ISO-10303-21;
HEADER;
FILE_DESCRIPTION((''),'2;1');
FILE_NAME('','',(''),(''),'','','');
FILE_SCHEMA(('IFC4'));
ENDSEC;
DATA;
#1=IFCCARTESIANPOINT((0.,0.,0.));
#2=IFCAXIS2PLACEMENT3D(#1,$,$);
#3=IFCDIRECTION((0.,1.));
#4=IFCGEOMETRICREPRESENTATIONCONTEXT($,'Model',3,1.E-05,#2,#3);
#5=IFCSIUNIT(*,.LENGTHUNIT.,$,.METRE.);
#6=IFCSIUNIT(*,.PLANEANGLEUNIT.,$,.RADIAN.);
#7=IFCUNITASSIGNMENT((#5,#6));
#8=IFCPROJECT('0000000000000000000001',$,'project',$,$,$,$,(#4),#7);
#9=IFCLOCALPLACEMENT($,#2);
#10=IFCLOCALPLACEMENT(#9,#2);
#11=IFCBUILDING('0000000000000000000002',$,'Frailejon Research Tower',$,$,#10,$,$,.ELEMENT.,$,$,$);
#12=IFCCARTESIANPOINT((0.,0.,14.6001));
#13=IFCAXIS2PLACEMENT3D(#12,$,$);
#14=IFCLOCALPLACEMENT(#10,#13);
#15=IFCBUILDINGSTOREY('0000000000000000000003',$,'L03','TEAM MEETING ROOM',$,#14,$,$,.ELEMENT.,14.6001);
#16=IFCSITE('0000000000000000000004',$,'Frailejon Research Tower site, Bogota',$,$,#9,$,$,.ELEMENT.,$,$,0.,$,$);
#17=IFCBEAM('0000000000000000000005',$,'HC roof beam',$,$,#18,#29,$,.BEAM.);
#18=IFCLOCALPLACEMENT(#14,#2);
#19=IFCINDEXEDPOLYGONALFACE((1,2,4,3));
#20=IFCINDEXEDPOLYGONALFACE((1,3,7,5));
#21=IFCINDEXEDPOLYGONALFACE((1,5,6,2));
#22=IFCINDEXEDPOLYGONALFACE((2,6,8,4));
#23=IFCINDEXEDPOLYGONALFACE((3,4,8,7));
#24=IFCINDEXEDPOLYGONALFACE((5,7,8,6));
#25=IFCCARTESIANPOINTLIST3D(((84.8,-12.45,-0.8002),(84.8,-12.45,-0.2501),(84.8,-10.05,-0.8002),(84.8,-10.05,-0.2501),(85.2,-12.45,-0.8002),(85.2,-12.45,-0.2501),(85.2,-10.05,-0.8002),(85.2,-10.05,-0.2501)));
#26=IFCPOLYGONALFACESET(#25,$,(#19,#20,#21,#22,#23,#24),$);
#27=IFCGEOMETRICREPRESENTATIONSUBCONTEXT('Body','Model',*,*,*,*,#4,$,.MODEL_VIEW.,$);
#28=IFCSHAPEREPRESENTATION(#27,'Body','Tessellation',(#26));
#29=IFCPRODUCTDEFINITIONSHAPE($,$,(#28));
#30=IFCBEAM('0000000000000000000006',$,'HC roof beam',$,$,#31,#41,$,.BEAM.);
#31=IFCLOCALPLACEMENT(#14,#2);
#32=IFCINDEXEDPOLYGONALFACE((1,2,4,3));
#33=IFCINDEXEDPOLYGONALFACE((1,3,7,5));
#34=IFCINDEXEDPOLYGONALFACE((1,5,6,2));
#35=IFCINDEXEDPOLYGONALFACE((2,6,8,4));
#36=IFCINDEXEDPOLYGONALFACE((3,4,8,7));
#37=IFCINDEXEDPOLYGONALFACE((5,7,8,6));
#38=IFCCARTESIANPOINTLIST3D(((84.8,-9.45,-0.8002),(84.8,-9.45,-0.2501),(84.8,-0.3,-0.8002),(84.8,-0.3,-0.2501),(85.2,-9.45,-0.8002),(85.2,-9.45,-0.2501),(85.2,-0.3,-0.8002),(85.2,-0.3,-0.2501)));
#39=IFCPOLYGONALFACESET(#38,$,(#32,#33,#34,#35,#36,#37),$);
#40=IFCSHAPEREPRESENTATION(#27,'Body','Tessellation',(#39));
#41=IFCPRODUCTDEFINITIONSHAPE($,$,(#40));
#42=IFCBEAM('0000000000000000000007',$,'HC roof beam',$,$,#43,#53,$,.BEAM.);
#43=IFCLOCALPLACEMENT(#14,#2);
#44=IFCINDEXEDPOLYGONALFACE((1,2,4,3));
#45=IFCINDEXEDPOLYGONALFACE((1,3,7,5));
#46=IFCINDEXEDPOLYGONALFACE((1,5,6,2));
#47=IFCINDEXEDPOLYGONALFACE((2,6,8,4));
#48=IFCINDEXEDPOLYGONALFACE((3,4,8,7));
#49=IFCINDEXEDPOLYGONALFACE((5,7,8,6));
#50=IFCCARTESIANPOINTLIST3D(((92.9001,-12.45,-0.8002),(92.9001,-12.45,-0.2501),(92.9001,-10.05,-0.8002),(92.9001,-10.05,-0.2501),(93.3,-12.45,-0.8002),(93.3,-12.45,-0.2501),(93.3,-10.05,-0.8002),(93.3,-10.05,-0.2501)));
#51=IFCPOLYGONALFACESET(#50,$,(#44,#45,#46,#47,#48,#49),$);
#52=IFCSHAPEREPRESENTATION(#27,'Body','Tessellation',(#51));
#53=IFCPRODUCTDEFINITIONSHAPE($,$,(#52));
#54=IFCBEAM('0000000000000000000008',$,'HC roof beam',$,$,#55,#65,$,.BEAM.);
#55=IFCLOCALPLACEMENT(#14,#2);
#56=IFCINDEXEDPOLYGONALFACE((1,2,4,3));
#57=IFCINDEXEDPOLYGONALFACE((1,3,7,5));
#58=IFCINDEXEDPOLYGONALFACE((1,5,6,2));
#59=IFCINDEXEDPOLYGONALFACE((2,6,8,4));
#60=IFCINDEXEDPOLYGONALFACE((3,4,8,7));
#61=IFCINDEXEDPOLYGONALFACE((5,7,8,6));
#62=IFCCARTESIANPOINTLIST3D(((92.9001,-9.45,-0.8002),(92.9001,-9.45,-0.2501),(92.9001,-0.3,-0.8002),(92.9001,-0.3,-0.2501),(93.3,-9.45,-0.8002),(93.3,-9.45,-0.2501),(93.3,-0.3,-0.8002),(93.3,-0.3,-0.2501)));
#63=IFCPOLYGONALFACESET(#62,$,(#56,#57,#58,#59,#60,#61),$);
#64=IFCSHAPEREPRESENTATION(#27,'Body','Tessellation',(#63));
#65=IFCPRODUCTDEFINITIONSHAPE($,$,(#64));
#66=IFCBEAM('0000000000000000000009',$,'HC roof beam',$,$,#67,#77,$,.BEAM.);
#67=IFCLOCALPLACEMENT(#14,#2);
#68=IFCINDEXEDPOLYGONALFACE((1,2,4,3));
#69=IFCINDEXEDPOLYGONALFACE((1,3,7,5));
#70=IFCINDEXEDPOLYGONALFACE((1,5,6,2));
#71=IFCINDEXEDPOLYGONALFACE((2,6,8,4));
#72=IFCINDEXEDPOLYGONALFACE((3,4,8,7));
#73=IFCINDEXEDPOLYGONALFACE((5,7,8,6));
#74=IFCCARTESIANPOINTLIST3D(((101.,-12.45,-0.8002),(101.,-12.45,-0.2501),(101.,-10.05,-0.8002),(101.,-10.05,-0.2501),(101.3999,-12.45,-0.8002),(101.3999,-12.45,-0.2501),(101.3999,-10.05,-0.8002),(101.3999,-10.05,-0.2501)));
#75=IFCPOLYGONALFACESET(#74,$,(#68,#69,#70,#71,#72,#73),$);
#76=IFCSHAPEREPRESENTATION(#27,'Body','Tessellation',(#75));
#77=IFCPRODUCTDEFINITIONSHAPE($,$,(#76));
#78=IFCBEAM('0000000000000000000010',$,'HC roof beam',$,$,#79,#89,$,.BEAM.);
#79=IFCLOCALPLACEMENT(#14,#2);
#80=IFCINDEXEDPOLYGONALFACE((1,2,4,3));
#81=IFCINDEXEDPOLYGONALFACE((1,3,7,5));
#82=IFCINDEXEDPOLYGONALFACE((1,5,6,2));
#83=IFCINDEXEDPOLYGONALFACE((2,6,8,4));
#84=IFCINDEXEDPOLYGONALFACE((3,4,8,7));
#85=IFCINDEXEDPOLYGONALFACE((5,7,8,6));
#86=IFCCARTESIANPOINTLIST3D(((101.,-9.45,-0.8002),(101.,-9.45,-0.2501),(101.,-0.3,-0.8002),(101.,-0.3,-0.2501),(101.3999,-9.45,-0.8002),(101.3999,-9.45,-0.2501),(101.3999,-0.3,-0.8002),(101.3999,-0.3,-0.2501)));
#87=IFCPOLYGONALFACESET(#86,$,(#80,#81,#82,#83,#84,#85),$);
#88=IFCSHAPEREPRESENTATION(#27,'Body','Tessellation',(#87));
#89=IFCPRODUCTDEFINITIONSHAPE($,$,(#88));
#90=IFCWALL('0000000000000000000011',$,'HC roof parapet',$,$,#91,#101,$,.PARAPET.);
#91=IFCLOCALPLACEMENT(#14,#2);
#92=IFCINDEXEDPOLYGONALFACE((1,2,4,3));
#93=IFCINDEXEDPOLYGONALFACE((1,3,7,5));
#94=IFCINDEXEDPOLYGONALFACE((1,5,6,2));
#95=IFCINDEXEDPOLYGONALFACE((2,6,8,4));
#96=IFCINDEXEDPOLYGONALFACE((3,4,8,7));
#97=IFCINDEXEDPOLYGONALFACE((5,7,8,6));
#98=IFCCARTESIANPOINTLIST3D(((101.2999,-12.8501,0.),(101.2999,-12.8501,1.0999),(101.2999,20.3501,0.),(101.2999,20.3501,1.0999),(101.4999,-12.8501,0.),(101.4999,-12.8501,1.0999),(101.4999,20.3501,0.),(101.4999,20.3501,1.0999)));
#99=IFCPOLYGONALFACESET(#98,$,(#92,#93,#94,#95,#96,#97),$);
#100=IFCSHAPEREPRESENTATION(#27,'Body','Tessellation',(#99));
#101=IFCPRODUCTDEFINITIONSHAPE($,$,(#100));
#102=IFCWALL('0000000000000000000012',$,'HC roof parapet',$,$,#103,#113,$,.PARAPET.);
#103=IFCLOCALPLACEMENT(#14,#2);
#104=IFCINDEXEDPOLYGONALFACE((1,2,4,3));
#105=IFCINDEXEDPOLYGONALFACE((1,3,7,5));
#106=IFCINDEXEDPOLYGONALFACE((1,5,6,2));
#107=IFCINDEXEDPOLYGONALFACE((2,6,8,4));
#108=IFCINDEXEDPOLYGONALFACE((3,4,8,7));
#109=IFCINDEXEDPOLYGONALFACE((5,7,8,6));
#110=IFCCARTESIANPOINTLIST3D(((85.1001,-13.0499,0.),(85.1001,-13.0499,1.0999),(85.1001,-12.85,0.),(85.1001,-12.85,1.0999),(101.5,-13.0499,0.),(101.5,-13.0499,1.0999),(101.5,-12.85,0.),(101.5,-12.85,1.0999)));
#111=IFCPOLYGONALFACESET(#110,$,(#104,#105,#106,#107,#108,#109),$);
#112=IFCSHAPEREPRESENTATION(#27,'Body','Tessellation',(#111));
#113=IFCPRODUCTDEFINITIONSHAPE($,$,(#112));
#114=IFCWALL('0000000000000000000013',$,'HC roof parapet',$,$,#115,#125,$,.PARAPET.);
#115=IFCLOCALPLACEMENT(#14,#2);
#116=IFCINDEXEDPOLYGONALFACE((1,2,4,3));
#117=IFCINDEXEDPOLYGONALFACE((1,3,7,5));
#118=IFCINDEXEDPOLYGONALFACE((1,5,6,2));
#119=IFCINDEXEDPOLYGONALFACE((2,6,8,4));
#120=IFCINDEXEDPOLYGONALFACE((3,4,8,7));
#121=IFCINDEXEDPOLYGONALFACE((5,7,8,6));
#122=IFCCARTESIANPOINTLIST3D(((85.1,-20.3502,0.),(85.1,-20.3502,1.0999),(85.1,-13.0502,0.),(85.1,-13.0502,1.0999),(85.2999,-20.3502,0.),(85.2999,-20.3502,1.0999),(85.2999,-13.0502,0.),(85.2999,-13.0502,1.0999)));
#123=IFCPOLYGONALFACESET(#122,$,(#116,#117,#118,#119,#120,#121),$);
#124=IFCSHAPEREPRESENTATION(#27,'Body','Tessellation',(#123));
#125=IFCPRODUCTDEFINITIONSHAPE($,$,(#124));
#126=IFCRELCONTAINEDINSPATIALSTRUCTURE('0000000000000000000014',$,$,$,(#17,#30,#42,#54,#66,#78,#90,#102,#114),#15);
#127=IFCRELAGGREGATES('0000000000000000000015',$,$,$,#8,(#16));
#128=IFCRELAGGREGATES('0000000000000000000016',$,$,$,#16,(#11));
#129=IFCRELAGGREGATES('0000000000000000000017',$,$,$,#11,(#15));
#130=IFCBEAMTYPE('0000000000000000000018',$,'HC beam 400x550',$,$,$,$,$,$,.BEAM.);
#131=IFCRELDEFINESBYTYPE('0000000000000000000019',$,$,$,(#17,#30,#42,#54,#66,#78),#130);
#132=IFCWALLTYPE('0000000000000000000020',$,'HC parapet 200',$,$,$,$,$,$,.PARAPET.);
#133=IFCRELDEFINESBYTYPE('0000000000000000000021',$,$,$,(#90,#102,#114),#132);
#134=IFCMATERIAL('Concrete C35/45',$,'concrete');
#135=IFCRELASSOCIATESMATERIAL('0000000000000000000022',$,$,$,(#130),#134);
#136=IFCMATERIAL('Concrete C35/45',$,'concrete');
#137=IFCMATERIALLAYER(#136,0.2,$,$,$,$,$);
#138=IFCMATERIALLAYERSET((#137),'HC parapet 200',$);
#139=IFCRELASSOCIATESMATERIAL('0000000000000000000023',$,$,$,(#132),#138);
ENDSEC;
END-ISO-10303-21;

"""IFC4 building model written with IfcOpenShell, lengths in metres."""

from ifc_helpers import new_model, si_unit, direction, frame, frame_2d, origin, origin_2d, place, context, subcontext, project, spatial, rectangle, extrude, material, layer, layer_set, material_profile, profile_set, type_object, element, save


model = new_model("IFC4")

# Units and contexts
model_context = context("Model", 3, precision=1e-05, world=origin(), true_north=direction((0.0, 1.0)))
body_context = subcontext(model_context, "Body", "Model", "MODEL_VIEW")
ifc_project = project(units=[si_unit("LENGTHUNIT", "METRE"), si_unit("PLANEANGLEUNIT", "RADIAN")], contexts=[model_context])

# Site, building, storey
site_placement = place(None, origin())
site = spatial("IfcSite", under=ifc_project, at=site_placement, Name="Frailejon Research Tower site, Bogota", CompositionType="ELEMENT", RefElevation=0.0)
building_placement = place(site_placement, origin())
building = spatial("IfcBuilding", under=site, at=building_placement, Name="Frailejon Research Tower", CompositionType="ELEMENT")
storey_placement = place(building_placement, frame((0.0, 0.0, 14.6001)))
storey = spatial("IfcBuildingStorey", under=building, at=storey_placement, Name="L03", Description="TEAM MEETING ROOM", CompositionType="ELEMENT", Elevation=14.6001)

# Beams
ifc_material_1 = material(Name="Concrete C35/45", Category="concrete")
ifc_material_profile_1 = material_profile(ifc_material_1, rectangle(XDim=0.3999, YDim=0.55, at=origin_2d()), Name="HC beam 400x550")
ifc_profile_set_1 = profile_set([ifc_material_profile_1], Name="Concrete C35/45")
beam_type = type_object("IfcBeamType", Name="HC beam 400x550", PredefinedType="BEAM", material=ifc_profile_set_1)
beam_1_placement = place(storey_placement, frame((85.0, -12.45, -0.5251), z_axis=(0.0, 1.0, 0.0), x_axis=(-1.0, 0.0, 0.0)))
element("IfcBeam", 1, at=beam_1_placement, inside=storey, type_object=beam_type, Name="HC roof beam", PredefinedType="BEAM", context=body_context, shape_type="SweptSolid", body=[
    extrude(rectangle(XDim=0.3999, YDim=0.55, at=origin_2d()), origin(), (0.0, 0.0, 1.0), 2.3999),
])
beam_2_placement = place(storey_placement, frame((85.0, -9.45, -0.5251), z_axis=(0.0, 1.0, 0.0), x_axis=(-1.0, 0.0, 0.0)))
element("IfcBeam", 2, at=beam_2_placement, inside=storey, type_object=beam_type, Name="HC roof beam", PredefinedType="BEAM", context=body_context, shape_type="SweptSolid", body=[
    extrude(rectangle(XDim=0.3999, YDim=0.55, at=origin_2d()), origin(), (0.0, 0.0, 1.0), 9.1499),
])
beam_3_placement = place(storey_placement, frame((93.1001, -12.45, -0.5251), z_axis=(0.0, 1.0, 0.0), x_axis=(-1.0, 0.0, 0.0)))
element("IfcBeam", 3, at=beam_3_placement, inside=storey, type_object=beam_type, Name="HC roof beam", PredefinedType="BEAM", context=body_context, shape_type="SweptSolid", body=[
    extrude(rectangle(XDim=0.3999, YDim=0.55, at=origin_2d()), origin(), (0.0, 0.0, 1.0), 2.3999),
])
beam_4_placement = place(storey_placement, frame((93.1001, -9.45, -0.5251), z_axis=(0.0, 1.0, 0.0), x_axis=(-1.0, 0.0, 0.0)))
element("IfcBeam", 4, at=beam_4_placement, inside=storey, type_object=beam_type, Name="HC roof beam", PredefinedType="BEAM", context=body_context, shape_type="SweptSolid", body=[
    extrude(rectangle(XDim=0.3999, YDim=0.55, at=origin_2d()), origin(), (0.0, 0.0, 1.0), 9.1499),
])
beam_5_placement = place(storey_placement, frame((101.2, -12.45, -0.5251), z_axis=(0.0, 1.0, 0.0), x_axis=(-1.0, 0.0, 0.0)))
element("IfcBeam", 5, at=beam_5_placement, inside=storey, type_object=beam_type, Name="HC roof beam", PredefinedType="BEAM", context=body_context, shape_type="SweptSolid", body=[
    extrude(rectangle(XDim=0.3999, YDim=0.55, at=origin_2d()), origin(), (0.0, 0.0, 1.0), 2.3999),
])
beam_6_placement = place(storey_placement, frame((101.2, -9.45, -0.5251), z_axis=(0.0, 1.0, 0.0), x_axis=(-1.0, 0.0, 0.0)))
element("IfcBeam", 6, at=beam_6_placement, inside=storey, type_object=beam_type, Name="HC roof beam", PredefinedType="BEAM", context=body_context, shape_type="SweptSolid", body=[
    extrude(rectangle(XDim=0.3999, YDim=0.55, at=origin_2d()), origin(), (0.0, 0.0, 1.0), 9.1499),
])

# Walls
ifc_material_2 = material(Name="Concrete C35/45", Category="concrete")
ifc_layer = layer(ifc_material_2, 0.2)
ifc_layer_set = layer_set([ifc_layer], Name="HC parapet 200")
wall_type = type_object("IfcWallType", Name="HC parapet 200", PredefinedType="PARAPET", material=ifc_layer_set)
wall_1_placement = place(storey_placement, frame((101.3999, -12.8501, 0.0), z_axis=(0.0, 0.0, 1.0), x_axis=(0.0, 1.0, 0.0)))
element("IfcWall", 7, at=wall_1_placement, inside=storey, type_object=wall_type, Name="HC roof parapet", PredefinedType="PARAPET", context=body_context, shape_type="SweptSolid", body=[
    extrude(rectangle(XDim=33.2002, YDim=0.2, at=frame_2d((16.6001, 0.0))), origin(), (0.0, 0.0, 1.0), 1.0999),
])
wall_2_placement = place(storey_placement, frame((85.1001, -12.95, 0.0), z_axis=(0.0, 0.0, 1.0), x_axis=(1.0, 0.0, 0.0)))
element("IfcWall", 8, at=wall_2_placement, inside=storey, type_object=wall_type, Name="HC roof parapet", PredefinedType="PARAPET", context=body_context, shape_type="SweptSolid", body=[
    extrude(rectangle(XDim=16.3999, YDim=0.2, at=frame_2d((8.2, 0.0))), origin(), (0.0, 0.0, 1.0), 1.0999),
])
wall_3_placement = place(storey_placement, frame((85.2, -20.3501, 0.0), z_axis=(0.0, 0.0, 1.0), x_axis=(0.0, 1.0, 0.0)))
element("IfcWall", 9, at=wall_3_placement, inside=storey, type_object=wall_type, Name="HC roof parapet", PredefinedType="PARAPET", context=body_context, shape_type="SweptSolid", body=[
    extrude(rectangle(XDim=7.3, YDim=0.2, at=frame_2d((3.6499, 0.0))), origin(), (0.0, 0.0, 1.0), 1.0999),
])

save(model, "model.ifc")
